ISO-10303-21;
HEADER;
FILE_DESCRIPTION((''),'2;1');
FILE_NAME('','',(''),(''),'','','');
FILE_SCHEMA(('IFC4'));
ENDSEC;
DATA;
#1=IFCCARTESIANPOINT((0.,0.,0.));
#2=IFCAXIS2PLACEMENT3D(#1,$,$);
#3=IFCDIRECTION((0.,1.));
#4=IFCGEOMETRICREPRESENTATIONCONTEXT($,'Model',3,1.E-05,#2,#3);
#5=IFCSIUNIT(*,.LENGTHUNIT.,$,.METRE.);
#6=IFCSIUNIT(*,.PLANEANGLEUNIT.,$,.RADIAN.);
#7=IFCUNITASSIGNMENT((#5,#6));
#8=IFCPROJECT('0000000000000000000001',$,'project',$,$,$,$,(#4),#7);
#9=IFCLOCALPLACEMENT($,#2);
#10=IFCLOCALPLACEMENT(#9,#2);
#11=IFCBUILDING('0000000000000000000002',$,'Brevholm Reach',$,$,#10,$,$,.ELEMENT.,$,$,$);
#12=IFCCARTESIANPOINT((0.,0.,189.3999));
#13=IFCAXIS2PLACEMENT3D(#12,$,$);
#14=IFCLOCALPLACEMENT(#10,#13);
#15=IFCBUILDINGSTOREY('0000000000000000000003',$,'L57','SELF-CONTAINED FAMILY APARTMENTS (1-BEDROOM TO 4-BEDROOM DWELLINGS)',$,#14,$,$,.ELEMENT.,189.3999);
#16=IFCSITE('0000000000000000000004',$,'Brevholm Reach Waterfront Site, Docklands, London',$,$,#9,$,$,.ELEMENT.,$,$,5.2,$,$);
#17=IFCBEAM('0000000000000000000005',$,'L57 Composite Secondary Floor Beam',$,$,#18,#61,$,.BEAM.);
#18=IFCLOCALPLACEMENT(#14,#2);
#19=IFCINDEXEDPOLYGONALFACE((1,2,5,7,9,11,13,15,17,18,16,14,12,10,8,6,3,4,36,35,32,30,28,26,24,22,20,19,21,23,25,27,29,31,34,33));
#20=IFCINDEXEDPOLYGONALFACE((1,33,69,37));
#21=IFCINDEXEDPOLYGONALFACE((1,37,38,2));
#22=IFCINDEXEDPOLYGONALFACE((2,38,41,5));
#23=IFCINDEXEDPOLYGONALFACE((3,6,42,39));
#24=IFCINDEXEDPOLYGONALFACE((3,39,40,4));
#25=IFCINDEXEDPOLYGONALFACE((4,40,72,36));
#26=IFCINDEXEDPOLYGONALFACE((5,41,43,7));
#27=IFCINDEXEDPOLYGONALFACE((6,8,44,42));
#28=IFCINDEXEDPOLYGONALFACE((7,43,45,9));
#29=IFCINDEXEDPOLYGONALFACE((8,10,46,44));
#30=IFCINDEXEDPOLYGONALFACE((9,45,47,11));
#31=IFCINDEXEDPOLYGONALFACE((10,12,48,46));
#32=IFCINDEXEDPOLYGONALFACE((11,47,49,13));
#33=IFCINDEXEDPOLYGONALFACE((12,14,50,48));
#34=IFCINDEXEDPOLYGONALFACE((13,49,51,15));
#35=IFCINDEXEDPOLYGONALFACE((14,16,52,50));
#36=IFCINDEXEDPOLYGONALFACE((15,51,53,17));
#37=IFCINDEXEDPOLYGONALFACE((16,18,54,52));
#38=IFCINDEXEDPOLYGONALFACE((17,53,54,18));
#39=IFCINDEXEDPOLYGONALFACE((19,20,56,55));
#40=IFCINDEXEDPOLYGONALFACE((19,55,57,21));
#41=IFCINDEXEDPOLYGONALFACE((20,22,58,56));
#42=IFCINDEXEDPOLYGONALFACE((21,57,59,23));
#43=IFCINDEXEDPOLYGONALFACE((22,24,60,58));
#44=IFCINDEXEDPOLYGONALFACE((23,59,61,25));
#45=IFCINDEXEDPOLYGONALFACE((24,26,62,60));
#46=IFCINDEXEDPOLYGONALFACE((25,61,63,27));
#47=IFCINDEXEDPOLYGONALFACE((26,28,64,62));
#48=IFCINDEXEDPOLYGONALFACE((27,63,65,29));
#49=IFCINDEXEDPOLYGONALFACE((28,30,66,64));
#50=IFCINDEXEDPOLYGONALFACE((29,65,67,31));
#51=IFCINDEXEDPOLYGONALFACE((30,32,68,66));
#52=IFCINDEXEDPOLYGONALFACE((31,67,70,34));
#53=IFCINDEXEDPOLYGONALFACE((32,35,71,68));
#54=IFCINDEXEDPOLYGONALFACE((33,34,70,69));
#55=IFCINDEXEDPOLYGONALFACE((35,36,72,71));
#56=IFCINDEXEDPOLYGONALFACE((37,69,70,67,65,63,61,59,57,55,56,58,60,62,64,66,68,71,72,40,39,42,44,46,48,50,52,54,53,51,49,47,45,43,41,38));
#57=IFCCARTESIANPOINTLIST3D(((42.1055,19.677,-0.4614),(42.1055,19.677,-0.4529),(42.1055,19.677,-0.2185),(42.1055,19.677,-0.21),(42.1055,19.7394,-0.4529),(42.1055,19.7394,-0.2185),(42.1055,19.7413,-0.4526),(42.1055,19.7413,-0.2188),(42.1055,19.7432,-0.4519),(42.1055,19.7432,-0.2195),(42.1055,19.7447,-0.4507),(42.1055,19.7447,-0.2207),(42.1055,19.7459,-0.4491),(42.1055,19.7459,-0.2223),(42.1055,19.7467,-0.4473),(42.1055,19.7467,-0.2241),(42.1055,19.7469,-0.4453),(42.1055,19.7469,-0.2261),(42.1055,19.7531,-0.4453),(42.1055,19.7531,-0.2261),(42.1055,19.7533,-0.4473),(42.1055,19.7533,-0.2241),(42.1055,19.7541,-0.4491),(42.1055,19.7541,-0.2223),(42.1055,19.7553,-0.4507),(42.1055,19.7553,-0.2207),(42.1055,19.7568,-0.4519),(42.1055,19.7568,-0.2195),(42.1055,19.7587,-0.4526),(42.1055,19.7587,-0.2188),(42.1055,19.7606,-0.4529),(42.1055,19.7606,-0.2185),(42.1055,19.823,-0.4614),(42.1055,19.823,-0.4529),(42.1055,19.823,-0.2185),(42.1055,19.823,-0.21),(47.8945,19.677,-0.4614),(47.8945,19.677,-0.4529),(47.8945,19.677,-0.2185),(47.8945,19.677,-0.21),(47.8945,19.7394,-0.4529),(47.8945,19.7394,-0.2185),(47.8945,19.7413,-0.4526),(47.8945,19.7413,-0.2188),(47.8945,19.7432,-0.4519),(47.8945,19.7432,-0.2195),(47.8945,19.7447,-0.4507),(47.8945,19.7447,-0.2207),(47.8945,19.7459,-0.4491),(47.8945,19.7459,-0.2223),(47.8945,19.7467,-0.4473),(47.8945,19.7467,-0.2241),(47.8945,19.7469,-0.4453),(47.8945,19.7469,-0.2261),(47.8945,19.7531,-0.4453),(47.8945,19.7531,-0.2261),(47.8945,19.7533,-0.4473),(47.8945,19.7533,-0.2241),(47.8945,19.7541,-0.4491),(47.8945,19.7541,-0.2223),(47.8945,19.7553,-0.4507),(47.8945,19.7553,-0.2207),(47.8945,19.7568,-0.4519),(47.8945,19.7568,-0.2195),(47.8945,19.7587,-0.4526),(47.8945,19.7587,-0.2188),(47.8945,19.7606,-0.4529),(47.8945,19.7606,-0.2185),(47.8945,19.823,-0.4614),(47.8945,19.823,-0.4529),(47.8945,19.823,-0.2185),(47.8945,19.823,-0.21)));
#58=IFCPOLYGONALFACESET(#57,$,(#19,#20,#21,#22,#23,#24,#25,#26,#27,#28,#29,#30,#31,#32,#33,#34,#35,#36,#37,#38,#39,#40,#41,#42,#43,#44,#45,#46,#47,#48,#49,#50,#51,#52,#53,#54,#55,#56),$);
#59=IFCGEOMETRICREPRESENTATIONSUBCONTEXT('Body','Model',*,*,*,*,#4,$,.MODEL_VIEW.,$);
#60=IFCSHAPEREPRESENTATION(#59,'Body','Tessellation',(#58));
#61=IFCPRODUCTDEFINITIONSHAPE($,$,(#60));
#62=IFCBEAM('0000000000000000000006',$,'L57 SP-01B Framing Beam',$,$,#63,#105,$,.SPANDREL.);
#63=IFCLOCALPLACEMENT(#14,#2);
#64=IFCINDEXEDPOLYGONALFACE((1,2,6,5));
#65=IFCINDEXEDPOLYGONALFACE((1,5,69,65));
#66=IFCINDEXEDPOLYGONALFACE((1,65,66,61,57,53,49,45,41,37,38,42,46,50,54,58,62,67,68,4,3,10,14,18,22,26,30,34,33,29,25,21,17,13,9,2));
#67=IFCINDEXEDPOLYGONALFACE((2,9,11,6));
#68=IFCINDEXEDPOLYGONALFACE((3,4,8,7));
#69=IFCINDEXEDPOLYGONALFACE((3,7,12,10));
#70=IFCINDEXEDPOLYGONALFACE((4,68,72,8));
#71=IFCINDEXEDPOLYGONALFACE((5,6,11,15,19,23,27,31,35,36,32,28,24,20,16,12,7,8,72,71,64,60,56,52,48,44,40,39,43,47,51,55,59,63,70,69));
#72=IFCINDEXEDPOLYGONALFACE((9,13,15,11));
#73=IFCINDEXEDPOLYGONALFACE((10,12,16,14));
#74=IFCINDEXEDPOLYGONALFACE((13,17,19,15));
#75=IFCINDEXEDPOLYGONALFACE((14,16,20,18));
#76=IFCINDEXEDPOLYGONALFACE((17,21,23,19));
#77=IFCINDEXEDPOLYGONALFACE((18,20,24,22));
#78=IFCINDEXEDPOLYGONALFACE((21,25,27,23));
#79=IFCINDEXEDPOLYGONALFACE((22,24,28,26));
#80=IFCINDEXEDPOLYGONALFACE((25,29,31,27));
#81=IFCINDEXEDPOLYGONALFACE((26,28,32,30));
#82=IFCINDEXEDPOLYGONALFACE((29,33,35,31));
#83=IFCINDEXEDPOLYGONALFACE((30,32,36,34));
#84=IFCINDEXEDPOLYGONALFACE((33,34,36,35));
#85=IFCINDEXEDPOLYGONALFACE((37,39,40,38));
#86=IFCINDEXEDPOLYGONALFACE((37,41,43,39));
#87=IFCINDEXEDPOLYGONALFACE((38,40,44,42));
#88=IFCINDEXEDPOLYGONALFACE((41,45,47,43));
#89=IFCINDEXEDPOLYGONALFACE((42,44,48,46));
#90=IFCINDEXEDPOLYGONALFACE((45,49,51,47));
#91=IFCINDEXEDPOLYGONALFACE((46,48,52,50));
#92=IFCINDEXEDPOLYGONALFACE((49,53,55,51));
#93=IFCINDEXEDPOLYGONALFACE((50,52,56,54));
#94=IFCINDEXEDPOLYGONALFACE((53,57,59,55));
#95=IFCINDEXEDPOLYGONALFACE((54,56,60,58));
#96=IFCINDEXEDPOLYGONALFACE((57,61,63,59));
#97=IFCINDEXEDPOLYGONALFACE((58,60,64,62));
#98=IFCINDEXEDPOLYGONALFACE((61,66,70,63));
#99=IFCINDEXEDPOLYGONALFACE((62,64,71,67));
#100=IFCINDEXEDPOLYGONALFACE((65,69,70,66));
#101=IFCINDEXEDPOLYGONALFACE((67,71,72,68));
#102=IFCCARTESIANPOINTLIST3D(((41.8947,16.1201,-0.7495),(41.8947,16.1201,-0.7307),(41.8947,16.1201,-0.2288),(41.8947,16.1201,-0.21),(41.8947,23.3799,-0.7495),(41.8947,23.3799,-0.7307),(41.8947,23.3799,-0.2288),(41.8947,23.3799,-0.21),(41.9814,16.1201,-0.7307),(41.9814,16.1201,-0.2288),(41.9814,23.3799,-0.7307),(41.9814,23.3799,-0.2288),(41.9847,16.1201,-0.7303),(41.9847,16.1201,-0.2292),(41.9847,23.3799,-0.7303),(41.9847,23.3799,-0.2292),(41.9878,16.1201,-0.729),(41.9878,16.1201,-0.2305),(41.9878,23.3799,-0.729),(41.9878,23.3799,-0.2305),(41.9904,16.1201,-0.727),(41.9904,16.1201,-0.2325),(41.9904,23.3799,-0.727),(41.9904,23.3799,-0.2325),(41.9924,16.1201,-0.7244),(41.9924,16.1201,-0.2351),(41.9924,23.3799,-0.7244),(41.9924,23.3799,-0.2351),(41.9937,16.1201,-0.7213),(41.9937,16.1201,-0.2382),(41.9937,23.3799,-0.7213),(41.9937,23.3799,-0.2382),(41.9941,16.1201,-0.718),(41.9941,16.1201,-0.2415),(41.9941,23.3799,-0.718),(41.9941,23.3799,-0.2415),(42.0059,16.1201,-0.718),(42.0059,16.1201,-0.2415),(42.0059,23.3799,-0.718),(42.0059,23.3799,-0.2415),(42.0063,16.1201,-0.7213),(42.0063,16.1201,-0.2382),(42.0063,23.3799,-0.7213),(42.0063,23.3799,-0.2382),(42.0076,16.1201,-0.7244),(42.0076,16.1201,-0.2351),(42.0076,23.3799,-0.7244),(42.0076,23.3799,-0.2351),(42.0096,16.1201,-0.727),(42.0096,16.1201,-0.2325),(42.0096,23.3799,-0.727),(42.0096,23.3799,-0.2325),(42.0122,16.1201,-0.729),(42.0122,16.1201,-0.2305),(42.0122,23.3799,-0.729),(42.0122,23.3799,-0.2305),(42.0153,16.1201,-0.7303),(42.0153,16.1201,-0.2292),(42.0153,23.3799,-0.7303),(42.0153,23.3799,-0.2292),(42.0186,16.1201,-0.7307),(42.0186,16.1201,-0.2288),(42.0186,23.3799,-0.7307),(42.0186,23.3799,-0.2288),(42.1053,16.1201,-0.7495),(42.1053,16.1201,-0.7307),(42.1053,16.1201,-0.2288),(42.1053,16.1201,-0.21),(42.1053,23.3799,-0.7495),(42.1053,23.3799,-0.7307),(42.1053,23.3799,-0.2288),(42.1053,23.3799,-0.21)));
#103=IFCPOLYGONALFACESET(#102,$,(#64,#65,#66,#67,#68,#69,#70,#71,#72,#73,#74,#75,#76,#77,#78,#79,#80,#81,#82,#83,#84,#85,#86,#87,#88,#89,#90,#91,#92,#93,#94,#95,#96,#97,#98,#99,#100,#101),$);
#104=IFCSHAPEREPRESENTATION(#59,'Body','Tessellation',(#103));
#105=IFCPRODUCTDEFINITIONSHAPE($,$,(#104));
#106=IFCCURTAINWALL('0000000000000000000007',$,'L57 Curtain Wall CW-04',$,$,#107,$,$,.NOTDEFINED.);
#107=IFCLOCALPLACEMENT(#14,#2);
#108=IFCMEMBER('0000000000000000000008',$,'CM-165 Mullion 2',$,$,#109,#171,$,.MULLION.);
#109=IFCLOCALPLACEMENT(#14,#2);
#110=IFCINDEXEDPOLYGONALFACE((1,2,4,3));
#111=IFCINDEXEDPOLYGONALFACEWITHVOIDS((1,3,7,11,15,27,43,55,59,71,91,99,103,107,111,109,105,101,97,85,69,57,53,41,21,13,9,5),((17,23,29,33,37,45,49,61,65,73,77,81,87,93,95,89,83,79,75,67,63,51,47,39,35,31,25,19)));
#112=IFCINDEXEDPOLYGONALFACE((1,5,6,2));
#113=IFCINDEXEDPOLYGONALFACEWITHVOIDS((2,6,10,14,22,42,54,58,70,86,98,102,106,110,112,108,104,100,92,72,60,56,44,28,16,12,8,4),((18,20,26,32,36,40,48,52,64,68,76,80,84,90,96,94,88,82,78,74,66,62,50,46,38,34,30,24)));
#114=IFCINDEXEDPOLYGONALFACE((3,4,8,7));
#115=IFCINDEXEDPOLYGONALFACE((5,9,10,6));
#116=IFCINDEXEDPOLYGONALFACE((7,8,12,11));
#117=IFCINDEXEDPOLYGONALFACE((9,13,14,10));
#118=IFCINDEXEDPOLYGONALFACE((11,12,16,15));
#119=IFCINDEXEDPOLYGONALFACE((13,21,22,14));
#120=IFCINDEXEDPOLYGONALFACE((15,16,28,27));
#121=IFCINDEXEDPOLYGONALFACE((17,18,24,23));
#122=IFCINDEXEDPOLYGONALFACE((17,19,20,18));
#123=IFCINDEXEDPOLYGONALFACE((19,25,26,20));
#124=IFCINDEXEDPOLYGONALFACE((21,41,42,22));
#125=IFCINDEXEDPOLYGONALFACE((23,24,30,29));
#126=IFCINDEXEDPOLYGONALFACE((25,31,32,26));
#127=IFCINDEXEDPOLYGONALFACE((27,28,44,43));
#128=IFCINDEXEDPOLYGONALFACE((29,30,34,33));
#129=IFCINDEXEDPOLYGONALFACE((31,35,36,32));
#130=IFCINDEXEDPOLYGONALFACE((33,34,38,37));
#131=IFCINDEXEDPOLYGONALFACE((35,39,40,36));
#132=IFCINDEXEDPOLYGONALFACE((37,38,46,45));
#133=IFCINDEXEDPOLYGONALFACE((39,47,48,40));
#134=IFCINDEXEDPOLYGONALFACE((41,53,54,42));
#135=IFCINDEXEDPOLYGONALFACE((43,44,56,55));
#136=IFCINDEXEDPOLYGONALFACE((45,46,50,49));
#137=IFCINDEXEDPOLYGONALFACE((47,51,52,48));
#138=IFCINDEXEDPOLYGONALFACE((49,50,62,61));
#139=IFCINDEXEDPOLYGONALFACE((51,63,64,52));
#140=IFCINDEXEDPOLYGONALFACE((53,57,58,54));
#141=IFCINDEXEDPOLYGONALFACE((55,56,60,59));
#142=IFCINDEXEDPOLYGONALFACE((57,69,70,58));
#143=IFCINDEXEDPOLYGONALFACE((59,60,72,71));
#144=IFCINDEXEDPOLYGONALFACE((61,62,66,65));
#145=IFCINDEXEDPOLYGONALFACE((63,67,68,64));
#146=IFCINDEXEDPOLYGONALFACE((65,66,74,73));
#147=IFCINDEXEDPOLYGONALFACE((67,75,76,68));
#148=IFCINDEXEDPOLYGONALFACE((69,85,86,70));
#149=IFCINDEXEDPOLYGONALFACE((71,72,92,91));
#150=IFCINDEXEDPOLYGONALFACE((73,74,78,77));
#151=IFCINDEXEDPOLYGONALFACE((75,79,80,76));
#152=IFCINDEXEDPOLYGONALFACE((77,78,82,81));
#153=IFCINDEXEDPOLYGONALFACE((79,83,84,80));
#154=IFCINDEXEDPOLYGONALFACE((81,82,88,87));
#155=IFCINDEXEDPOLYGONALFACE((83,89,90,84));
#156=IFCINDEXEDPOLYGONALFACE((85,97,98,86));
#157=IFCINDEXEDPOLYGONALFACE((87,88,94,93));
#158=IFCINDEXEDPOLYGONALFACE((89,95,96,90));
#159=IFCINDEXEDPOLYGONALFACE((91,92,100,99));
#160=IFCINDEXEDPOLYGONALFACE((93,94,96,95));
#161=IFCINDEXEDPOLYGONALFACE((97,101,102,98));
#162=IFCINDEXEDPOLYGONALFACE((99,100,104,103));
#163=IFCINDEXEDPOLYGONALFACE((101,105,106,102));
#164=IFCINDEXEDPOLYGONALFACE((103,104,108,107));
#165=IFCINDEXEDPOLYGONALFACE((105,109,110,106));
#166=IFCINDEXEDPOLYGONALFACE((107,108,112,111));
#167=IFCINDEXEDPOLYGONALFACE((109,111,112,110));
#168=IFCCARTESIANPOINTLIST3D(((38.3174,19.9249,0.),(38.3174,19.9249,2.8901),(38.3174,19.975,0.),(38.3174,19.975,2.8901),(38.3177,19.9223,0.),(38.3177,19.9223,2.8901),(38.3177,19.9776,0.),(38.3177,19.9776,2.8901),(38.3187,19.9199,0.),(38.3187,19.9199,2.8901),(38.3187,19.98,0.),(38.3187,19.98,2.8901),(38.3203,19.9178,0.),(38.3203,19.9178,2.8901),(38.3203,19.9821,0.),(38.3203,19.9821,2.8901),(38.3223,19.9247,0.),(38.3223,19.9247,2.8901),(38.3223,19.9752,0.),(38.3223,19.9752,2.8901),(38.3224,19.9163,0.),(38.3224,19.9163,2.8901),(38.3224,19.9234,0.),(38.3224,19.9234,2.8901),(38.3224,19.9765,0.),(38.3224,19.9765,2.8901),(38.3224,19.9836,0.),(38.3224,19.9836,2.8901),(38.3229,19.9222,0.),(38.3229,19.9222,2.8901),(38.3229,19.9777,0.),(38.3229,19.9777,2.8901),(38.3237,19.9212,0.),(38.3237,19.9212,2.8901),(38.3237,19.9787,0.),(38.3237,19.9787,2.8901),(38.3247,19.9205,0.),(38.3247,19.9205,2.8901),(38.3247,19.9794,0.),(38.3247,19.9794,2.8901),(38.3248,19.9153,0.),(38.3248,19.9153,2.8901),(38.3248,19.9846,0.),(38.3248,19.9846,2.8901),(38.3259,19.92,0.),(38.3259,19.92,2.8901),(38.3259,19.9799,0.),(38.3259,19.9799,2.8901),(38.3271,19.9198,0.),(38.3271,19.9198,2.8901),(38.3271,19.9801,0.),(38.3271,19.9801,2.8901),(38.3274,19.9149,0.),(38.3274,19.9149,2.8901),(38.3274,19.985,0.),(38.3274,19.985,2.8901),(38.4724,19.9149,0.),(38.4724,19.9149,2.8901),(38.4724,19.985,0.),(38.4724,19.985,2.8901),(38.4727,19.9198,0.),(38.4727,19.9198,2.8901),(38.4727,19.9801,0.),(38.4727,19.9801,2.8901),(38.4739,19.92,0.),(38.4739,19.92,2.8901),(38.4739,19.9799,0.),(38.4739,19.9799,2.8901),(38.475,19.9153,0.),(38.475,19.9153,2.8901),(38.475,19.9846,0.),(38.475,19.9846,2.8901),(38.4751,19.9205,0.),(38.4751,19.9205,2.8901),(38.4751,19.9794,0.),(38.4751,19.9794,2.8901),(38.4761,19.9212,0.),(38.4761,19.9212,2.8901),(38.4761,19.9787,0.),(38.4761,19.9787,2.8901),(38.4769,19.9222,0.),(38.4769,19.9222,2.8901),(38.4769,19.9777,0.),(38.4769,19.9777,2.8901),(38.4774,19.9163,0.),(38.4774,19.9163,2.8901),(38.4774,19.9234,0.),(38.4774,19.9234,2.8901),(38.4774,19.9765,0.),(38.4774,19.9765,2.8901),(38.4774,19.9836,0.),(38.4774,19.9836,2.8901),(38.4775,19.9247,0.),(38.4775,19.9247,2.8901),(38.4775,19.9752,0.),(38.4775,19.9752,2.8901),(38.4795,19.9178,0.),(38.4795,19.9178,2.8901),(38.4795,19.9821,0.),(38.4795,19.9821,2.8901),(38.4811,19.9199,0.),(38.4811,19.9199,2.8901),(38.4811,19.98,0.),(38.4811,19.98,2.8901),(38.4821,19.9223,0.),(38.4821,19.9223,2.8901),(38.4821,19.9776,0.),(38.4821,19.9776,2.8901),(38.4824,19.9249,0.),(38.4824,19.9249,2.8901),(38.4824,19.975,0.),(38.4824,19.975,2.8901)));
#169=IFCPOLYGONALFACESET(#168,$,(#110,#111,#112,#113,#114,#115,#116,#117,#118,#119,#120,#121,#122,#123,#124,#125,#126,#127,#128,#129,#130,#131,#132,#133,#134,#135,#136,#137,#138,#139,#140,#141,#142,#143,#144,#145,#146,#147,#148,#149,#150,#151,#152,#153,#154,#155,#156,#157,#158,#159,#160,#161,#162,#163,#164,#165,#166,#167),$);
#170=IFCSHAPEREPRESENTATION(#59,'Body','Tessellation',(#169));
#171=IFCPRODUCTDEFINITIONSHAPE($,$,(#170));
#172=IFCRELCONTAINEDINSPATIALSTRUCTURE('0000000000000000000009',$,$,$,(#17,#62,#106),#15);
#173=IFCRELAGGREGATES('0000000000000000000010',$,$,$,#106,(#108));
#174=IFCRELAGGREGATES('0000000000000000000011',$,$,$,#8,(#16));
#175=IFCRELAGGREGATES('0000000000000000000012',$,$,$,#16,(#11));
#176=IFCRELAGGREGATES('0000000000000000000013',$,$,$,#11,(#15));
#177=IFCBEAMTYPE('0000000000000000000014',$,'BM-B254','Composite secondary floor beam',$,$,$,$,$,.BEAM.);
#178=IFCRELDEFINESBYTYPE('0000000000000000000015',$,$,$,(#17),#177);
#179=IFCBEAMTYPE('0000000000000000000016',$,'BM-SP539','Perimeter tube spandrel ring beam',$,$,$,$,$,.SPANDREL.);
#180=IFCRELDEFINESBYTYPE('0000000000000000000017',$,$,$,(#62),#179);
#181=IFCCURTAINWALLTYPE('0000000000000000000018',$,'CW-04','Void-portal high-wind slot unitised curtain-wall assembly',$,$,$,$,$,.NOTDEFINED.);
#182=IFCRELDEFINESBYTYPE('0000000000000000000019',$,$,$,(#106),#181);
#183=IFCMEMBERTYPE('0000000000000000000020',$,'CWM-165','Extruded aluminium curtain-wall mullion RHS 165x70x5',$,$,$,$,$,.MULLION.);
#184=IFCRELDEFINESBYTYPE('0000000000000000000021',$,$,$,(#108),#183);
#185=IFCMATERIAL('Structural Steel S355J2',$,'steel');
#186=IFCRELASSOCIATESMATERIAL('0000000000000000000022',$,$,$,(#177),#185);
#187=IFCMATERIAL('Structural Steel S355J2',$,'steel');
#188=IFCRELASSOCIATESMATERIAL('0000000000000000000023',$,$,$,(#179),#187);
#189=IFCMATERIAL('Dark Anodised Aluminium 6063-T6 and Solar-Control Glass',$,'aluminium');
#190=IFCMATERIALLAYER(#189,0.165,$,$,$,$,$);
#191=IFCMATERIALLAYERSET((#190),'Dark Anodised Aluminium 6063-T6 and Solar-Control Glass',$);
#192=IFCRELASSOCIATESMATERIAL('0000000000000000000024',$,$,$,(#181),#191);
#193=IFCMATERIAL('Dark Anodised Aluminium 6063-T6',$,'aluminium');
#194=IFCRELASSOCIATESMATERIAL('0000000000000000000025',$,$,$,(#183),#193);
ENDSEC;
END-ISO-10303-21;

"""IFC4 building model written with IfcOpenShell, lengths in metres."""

from ifc_helpers import new_model, si_unit, direction, frame, origin, origin_2d, place, context, subcontext, project, spatial, hollow_rectangle, i_section, extrude, material, layer, layer_set, material_profile, profile_set, type_object, element, aggregate, save


model = new_model("IFC4")

# Units and contexts
model_context = context("Model", 3, precision=1e-05, world=origin(), true_north=direction((0.0, 1.0)))
body_context = subcontext(model_context, "Body", "Model", "MODEL_VIEW")
ifc_project = project(units=[si_unit("LENGTHUNIT", "METRE"), si_unit("PLANEANGLEUNIT", "RADIAN")], contexts=[model_context])

# Site, building, storey
site_placement = place(None, origin())
site = spatial("IfcSite", under=ifc_project, at=site_placement, Name="Brevholm Reach Waterfront Site, Docklands, London", CompositionType="ELEMENT", RefElevation=5.2)
building_placement = place(site_placement, origin())
building = spatial("IfcBuilding", under=site, at=building_placement, Name="Brevholm Reach", CompositionType="ELEMENT")
storey_placement = place(building_placement, frame((0.0, 0.0, 189.3999)))
storey = spatial("IfcBuildingStorey", under=building, at=storey_placement, Name="L57", Description="SELF-CONTAINED FAMILY APARTMENTS (1-BEDROOM TO 4-BEDROOM DWELLINGS)", CompositionType="ELEMENT", Elevation=189.3999)

# Beams
ifc_material_1 = material(Name="Structural Steel S355J2", Category="steel")
ifc_material_profile_1 = material_profile(ifc_material_1, i_section(OverallWidth=0.146, OverallDepth=0.2515, WebThickness=0.0061, FlangeThickness=0.0085, FilletRadius=0.0076, at=origin_2d()), Name="UKB 254x146x31")
ifc_profile_set_1 = profile_set([ifc_material_profile_1], Name="Structural Steel S355J2")
beam_type_1 = type_object("IfcBeamType", Name="BM-B254", Description="Composite secondary floor beam", PredefinedType="BEAM", material=ifc_profile_set_1)
beam_1_placement = place(storey_placement, frame((42.1055, 19.75, -0.3357), z_axis=(1.0, 0.0, 0.0), x_axis=(0.0, 1.0, 0.0)))
element("IfcBeam", 1, at=beam_1_placement, inside=storey, type_object=beam_type_1, Name="L57 Composite Secondary Floor Beam", PredefinedType="BEAM", context=body_context, shape_type="SweptSolid", body=[
    extrude(i_section(OverallWidth=0.146, OverallDepth=0.2515, WebThickness=0.0061, FlangeThickness=0.0085, FilletRadius=0.0076, at=origin_2d()), origin(), (0.0, 0.0, 1.0), 5.7891),
])
ifc_material_2 = material(Name="Structural Steel S355J2", Category="steel")
ifc_material_profile_2 = material_profile(ifc_material_2, i_section(OverallWidth=0.2107, OverallDepth=0.5396, WebThickness=0.0117, FlangeThickness=0.0188, FilletRadius=0.0127, at=origin_2d()), Name="UKB 533x210x109")
ifc_profile_set_2 = profile_set([ifc_material_profile_2], Name="Structural Steel S355J2")
beam_type_2 = type_object("IfcBeamType", Name="BM-SP539", Description="Perimeter tube spandrel ring beam", PredefinedType="SPANDREL", material=ifc_profile_set_2)
beam_2_placement = place(storey_placement, frame((42.0, 16.1201, -0.4797), z_axis=(0.0, 1.0, 0.0), x_axis=(-1.0, 0.0, 0.0)))
element("IfcBeam", 2, at=beam_2_placement, inside=storey, type_object=beam_type_2, Name="L57 SP-01B Framing Beam", PredefinedType="SPANDREL", context=body_context, shape_type="SweptSolid", body=[
    extrude(i_section(OverallWidth=0.2107, OverallDepth=0.5396, WebThickness=0.0117, FlangeThickness=0.0188, FilletRadius=0.0127, at=origin_2d()), origin(), (0.0, 0.0, 1.0), 7.2598),
])

# Curtain wall, member
ifc_material_3 = material(Name="Dark Anodised Aluminium 6063-T6 and Solar-Control Glass", Category="aluminium")
ifc_layer_1 = layer(ifc_material_3, 0.165)
ifc_layer_set_1 = layer_set([ifc_layer_1], Name="Dark Anodised Aluminium 6063-T6 and Solar-Control Glass")
curtain_wall_type = type_object("IfcCurtainWallType", Name="CW-04", Description="Void-portal high-wind slot unitised curtain-wall assembly", PredefinedType="NOTDEFINED", material=ifc_layer_set_1)
curtain_wall_placement = place(storey_placement, origin())
curtain_wall = element("IfcCurtainWall", 3, at=curtain_wall_placement, inside=storey, type_object=curtain_wall_type, Name="L57 Curtain Wall CW-04", PredefinedType="NOTDEFINED")
ifc_material_4 = material(Name="Dark Anodised Aluminium 6063-T6", Category="aluminium")
ifc_material_profile_3 = material_profile(ifc_material_4, hollow_rectangle(XDim=0.0701, YDim=0.165, WallThickness=0.0049, InnerFilletRadius=0.0049, OuterFilletRadius=0.01, at=origin_2d()), Name="RHS 165x70x5")
ifc_profile_set_3 = profile_set([ifc_material_profile_3], Name="Dark Anodised Aluminium 6063-T6")
member_type_1 = type_object("IfcMemberType", Name="CWM-165", Description="Extruded aluminium curtain-wall mullion RHS 165x70x5", PredefinedType="MULLION", material=ifc_profile_set_3)
member_1_placement = place(storey_placement, frame((38.3999, 19.95, 0.0), z_axis=(0.0, 0.0, 1.0), x_axis=(0.0, -1.0, 0.0)))
member_1 = element("IfcMember", 4, at=member_1_placement, type_object=member_type_1, Name="CM-165 Mullion 2", PredefinedType="MULLION", context=body_context, shape_type="SweptSolid", body=[
    extrude(hollow_rectangle(XDim=0.0701, YDim=0.165, WallThickness=0.0049, InnerFilletRadius=0.0049, OuterFilletRadius=0.01, at=origin_2d()), origin(), (0.0, 0.0, 1.0), 2.8901),
])
aggregate(curtain_wall, [member_1])

save(model, "model.ifc")
